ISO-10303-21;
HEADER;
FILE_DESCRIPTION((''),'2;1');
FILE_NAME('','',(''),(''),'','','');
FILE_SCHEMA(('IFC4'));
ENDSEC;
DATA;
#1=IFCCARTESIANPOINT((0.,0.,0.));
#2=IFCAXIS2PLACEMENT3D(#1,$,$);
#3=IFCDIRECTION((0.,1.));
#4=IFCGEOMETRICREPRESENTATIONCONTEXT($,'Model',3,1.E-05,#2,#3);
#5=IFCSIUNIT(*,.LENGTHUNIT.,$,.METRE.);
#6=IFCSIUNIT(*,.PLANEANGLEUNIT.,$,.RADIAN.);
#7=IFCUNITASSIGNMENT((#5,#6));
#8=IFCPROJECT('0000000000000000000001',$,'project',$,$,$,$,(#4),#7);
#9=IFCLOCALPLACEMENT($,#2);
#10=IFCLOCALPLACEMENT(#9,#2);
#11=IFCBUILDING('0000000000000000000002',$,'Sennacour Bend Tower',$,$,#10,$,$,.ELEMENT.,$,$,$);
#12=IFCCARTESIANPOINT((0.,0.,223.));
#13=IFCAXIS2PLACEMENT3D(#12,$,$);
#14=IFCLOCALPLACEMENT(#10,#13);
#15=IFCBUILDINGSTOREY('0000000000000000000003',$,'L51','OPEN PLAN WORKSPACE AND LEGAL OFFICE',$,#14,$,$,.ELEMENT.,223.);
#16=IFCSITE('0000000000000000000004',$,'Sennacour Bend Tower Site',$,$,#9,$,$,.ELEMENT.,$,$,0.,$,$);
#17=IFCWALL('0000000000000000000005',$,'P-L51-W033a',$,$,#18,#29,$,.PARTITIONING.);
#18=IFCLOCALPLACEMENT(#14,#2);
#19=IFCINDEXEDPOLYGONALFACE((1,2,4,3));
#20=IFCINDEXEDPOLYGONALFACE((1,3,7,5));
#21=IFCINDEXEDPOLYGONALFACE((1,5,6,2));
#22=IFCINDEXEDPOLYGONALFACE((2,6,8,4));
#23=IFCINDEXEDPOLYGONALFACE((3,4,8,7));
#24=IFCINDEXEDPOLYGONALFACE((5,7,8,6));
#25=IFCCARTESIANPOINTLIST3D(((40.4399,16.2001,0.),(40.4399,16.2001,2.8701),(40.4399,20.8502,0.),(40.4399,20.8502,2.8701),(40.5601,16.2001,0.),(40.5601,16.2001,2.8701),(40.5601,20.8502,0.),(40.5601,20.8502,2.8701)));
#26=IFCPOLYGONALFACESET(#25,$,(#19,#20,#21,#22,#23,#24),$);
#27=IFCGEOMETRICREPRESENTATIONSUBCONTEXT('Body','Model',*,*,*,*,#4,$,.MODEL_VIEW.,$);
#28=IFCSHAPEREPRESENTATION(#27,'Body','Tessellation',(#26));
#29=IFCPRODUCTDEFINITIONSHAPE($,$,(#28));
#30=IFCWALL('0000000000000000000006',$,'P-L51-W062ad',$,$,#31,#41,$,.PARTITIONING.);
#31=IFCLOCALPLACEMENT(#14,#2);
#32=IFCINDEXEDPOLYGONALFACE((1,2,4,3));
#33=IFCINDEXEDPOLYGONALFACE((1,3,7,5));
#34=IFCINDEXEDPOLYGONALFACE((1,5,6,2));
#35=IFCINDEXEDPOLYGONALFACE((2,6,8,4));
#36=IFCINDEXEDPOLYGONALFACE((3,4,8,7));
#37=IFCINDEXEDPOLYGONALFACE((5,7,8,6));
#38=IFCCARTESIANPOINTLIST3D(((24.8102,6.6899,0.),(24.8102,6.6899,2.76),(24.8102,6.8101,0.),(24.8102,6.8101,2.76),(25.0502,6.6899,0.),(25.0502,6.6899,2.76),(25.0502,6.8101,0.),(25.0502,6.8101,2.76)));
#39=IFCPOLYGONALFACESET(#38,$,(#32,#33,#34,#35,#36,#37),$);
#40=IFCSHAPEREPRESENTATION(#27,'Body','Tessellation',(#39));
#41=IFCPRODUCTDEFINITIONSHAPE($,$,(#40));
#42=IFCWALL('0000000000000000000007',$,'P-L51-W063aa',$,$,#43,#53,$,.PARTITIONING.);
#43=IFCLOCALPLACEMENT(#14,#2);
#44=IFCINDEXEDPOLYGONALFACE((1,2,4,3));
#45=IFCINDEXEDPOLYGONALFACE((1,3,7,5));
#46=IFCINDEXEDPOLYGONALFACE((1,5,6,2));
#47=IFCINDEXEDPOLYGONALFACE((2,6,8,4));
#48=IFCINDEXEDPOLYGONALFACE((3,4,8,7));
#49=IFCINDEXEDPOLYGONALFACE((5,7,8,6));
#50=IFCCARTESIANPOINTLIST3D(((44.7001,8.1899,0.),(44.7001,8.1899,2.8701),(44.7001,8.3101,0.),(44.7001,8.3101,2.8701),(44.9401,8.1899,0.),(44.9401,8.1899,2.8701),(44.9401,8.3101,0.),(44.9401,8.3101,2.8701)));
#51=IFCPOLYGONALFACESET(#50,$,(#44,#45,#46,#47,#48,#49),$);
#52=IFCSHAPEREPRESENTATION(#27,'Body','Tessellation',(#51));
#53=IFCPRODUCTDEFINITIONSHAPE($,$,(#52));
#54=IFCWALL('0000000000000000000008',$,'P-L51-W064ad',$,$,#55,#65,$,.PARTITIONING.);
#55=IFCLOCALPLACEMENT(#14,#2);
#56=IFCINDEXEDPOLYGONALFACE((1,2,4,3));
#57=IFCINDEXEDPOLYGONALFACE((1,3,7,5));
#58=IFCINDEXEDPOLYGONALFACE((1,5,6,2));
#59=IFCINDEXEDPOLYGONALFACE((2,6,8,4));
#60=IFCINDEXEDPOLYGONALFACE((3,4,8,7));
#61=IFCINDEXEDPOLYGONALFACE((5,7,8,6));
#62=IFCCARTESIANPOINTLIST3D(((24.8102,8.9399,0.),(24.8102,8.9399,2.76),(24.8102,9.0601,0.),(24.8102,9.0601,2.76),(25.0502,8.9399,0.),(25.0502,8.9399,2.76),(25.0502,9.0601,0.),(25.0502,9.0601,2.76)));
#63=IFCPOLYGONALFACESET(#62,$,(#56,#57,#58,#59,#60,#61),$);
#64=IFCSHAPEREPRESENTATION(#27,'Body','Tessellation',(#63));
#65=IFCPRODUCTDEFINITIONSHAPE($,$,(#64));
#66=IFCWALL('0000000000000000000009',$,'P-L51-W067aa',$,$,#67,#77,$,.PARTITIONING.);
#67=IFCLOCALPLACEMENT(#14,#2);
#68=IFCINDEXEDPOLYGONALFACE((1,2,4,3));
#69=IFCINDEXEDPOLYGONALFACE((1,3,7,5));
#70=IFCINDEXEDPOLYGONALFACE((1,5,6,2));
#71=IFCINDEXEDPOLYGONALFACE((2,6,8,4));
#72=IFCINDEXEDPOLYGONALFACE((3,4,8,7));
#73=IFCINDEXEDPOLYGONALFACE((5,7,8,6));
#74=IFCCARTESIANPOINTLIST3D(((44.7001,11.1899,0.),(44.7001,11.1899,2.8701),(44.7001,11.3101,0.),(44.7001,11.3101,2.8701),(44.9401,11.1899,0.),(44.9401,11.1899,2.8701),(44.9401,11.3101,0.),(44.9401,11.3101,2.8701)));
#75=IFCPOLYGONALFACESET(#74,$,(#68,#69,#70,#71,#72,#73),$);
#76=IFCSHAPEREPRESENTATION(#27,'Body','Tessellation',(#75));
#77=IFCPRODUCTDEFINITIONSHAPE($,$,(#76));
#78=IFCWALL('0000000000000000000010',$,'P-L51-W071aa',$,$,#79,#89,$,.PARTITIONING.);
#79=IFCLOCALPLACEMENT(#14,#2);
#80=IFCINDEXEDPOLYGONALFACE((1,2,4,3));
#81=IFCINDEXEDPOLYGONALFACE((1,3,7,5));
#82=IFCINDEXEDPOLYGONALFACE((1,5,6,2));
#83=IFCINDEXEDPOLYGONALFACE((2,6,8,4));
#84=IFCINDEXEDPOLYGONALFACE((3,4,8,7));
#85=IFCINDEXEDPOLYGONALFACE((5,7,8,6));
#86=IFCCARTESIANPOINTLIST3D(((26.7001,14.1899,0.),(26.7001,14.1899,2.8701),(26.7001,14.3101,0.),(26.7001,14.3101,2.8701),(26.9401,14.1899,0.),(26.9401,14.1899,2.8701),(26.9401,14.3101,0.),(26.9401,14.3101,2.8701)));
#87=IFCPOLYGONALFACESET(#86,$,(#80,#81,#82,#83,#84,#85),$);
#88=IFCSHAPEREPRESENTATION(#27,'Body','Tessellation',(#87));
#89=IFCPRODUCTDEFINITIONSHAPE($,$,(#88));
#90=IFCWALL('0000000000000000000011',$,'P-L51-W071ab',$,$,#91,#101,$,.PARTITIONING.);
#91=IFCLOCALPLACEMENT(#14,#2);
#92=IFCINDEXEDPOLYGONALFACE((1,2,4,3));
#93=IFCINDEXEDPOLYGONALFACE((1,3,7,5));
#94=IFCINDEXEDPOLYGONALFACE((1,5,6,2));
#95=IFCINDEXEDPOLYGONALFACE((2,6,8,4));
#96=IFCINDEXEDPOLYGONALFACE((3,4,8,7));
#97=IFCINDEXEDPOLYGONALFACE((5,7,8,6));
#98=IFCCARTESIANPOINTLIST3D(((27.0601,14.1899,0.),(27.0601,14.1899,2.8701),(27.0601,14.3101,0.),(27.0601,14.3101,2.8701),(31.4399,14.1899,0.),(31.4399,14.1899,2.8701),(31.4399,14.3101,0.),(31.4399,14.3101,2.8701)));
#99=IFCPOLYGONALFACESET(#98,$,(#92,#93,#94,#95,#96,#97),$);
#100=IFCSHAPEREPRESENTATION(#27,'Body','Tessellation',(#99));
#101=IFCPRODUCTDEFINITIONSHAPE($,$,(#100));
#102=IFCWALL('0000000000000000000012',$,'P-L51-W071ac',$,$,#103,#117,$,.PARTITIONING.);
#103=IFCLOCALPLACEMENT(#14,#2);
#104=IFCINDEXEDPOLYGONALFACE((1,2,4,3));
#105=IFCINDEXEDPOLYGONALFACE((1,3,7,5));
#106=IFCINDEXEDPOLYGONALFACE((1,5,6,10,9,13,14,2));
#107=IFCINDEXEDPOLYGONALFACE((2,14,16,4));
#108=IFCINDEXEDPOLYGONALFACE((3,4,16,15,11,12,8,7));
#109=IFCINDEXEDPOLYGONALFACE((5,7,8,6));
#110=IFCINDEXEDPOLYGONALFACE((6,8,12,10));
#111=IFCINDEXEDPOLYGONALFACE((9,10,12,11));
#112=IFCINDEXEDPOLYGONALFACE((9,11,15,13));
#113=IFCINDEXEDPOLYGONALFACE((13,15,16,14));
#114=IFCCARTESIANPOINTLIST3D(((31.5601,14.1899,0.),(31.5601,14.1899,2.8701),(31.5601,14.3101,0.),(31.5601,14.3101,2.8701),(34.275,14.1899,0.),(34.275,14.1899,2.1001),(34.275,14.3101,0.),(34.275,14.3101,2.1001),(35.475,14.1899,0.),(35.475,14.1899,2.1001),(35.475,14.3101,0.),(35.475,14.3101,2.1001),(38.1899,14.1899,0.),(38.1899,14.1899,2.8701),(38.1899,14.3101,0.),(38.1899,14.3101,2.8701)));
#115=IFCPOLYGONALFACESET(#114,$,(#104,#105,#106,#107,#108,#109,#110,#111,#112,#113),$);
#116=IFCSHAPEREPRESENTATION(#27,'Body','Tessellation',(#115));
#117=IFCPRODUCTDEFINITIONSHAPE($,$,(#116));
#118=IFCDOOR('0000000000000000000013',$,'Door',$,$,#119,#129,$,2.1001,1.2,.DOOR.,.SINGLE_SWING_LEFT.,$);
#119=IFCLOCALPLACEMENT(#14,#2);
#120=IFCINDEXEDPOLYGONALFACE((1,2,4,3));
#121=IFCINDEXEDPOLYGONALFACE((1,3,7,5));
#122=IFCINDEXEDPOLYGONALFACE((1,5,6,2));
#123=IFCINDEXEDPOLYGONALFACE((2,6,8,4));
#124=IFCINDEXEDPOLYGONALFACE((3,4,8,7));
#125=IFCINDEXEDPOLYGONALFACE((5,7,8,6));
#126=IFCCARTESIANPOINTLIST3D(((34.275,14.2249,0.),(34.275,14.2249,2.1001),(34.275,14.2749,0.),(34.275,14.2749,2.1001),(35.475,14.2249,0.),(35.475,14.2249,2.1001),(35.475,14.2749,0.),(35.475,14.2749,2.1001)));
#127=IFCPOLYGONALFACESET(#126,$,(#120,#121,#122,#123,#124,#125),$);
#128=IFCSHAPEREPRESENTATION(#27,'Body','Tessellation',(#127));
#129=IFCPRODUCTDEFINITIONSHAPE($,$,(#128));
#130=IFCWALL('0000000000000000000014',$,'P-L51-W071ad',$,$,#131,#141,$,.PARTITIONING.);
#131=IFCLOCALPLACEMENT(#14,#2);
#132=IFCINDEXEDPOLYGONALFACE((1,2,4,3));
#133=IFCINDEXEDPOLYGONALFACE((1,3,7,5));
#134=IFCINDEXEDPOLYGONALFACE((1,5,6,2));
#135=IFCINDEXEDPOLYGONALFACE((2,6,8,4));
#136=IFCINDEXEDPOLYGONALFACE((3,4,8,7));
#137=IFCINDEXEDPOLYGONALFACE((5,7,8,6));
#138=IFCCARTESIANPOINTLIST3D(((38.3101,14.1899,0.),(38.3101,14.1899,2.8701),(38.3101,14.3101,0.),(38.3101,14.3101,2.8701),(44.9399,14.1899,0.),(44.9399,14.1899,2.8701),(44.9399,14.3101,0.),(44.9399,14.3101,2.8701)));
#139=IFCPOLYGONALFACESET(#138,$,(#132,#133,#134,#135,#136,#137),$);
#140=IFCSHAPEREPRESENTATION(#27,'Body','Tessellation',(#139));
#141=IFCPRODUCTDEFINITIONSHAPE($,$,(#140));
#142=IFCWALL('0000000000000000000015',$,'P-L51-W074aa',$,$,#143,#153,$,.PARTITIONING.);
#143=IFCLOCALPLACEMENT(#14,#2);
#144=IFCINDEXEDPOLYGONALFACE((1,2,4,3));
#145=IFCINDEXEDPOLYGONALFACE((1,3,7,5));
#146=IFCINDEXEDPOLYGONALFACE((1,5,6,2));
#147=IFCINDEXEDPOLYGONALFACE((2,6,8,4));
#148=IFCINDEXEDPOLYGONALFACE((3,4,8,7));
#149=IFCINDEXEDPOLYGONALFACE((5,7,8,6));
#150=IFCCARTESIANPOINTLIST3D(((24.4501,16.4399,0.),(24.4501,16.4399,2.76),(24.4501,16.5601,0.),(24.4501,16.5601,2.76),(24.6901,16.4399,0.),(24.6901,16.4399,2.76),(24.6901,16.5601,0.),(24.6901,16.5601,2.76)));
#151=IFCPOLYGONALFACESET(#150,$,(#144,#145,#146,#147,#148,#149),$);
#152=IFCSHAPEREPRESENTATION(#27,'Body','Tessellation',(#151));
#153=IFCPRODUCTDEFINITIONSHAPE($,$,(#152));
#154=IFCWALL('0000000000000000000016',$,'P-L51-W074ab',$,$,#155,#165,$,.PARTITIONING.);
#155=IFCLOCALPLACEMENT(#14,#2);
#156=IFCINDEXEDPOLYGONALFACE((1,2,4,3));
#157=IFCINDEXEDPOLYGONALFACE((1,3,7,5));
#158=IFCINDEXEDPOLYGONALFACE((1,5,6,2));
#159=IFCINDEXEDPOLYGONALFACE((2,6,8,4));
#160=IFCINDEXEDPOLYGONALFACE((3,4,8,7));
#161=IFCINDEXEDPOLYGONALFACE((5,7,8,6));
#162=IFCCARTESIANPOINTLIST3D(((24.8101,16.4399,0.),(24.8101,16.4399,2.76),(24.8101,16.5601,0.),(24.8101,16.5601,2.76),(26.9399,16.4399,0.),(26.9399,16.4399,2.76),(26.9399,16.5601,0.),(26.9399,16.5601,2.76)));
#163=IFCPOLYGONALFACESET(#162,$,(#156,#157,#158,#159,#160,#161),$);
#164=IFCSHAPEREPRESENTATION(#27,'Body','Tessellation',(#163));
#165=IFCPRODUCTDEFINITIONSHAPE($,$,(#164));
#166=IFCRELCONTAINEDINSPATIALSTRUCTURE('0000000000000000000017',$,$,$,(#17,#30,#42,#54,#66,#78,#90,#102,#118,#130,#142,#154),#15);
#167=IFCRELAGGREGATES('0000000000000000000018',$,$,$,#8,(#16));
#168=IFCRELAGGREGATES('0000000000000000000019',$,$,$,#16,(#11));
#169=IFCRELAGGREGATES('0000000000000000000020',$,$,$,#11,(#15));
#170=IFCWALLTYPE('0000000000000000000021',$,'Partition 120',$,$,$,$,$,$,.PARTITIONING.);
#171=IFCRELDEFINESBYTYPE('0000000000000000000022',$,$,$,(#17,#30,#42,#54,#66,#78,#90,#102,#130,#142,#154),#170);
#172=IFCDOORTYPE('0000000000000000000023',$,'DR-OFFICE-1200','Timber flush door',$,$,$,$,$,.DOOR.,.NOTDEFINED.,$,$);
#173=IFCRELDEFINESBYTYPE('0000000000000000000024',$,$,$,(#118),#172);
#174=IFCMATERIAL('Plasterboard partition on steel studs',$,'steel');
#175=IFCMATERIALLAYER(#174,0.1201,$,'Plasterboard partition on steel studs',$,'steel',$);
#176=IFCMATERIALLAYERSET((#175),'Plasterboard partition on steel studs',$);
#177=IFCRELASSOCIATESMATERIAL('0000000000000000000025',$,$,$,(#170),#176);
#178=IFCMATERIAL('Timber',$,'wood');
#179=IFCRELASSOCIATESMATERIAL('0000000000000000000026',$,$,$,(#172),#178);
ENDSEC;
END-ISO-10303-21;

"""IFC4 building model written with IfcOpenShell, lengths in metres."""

from ifc_helpers import new_model, si_unit, direction, frame, frame_2d, origin, place, context, subcontext, project, spatial, rectangle, extrude, material, layer, layer_set, type_object, element, fill, save


model = new_model("IFC4")

# Units and contexts
model_context = context("Model", 3, precision=1e-05, world=origin(), true_north=direction((0.0, 1.0)))
body_context = subcontext(model_context, "Body", "Model", "MODEL_VIEW")
ifc_project = project(units=[si_unit("LENGTHUNIT", "METRE"), si_unit("PLANEANGLEUNIT", "RADIAN")], contexts=[model_context])

# Site, building, storey
site_placement = place(None, origin())
site = spatial("IfcSite", under=ifc_project, at=site_placement, Name="Sennacour Bend Tower Site", CompositionType="ELEMENT", RefElevation=0.0)
building_placement = place(site_placement, origin())
building = spatial("IfcBuilding", under=site, at=building_placement, Name="Sennacour Bend Tower", CompositionType="ELEMENT")
storey_placement = place(building_placement, frame((0.0, 0.0, 223.0)))
storey = spatial("IfcBuildingStorey", under=building, at=storey_placement, Name="L51", Description="OPEN PLAN WORKSPACE AND LEGAL OFFICE", CompositionType="ELEMENT", Elevation=223.0)

# Walls
ifc_material_1 = material(Name="Plasterboard partition on steel studs", Category="steel")
ifc_layer_1 = layer(ifc_material_1, 0.1201, Name="Plasterboard partition on steel studs", Category="steel")
ifc_layer_set_1 = layer_set([ifc_layer_1], Name="Plasterboard partition on steel studs")
wall_type_1 = type_object("IfcWallType", Name="Partition 120", PredefinedType="PARTITIONING", material=ifc_layer_set_1)
wall_1_placement = place(storey_placement, frame((40.5, 16.2, 0.0), z_axis=(0.0, 0.0, 1.0), x_axis=(0.0, 1.0, 0.0)))
element("IfcWall", 1, at=wall_1_placement, inside=storey, type_object=wall_type_1, Name="P-L51-W033a", PredefinedType="PARTITIONING", context=body_context, shape_type="SweptSolid", body=[
    extrude(rectangle(XDim=4.6501, YDim=0.1201, at=frame_2d((2.3252, 0.0))), origin(), (0.0, 0.0, 1.0), 2.8701),
])
wall_2_placement = place(storey_placement, frame((24.8101, 6.75, 0.0), z_axis=(0.0, 0.0, 1.0), x_axis=(1.0, 0.0, 0.0)))
element("IfcWall", 2, at=wall_2_placement, inside=storey, type_object=wall_type_1, Name="P-L51-W062ad", PredefinedType="PARTITIONING", context=body_context, shape_type="SweptSolid", body=[
    extrude(rectangle(XDim=0.24, YDim=0.1201, at=frame_2d((0.1201, 0.0))), origin(), (0.0, 0.0, 1.0), 2.76),
])
wall_3_placement = place(storey_placement, frame((44.7, 8.25, 0.0), z_axis=(0.0, 0.0, 1.0), x_axis=(1.0, 0.0, 0.0)))
element("IfcWall", 3, at=wall_3_placement, inside=storey, type_object=wall_type_1, Name="P-L51-W063aa", PredefinedType="PARTITIONING", context=body_context, shape_type="SweptSolid", body=[
    extrude(rectangle(XDim=0.24, YDim=0.1201, at=frame_2d((0.1201, 0.0))), origin(), (0.0, 0.0, 1.0), 2.8701),
])
wall_4_placement = place(storey_placement, frame((24.8101, 9.0, 0.0), z_axis=(0.0, 0.0, 1.0), x_axis=(1.0, 0.0, 0.0)))
element("IfcWall", 4, at=wall_4_placement, inside=storey, type_object=wall_type_1, Name="P-L51-W064ad", PredefinedType="PARTITIONING", context=body_context, shape_type="SweptSolid", body=[
    extrude(rectangle(XDim=0.24, YDim=0.1201, at=frame_2d((0.1201, 0.0))), origin(), (0.0, 0.0, 1.0), 2.76),
])
for number, where, z_axis, x_axis, name in (
    (5, (44.7, 11.25, 0.0), (0.0, 0.0, 1.0), (1.0, 0.0, 0.0), "P-L51-W067aa"),
    (6, (26.7, 14.25, 0.0), (0.0, 0.0, 1.0), (1.0, 0.0, 0.0), "P-L51-W071aa"),
):
    element("IfcWall", number, at=place(storey_placement, frame(where, z_axis=z_axis, x_axis=x_axis)), inside=storey, type_object=wall_type_1, Name=name, PredefinedType="PARTITIONING", context=body_context, shape_type="SweptSolid", body=[
        extrude(rectangle(XDim=0.24, YDim=0.1201, at=frame_2d((0.1201, 0.0))), origin(), (0.0, 0.0, 1.0), 2.8701),
    ])
wall_5_placement = place(storey_placement, frame((27.0601, 14.25, 0.0), z_axis=(0.0, 0.0, 1.0), x_axis=(1.0, 0.0, 0.0)))
element("IfcWall", 7, at=wall_5_placement, inside=storey, type_object=wall_type_1, Name="P-L51-W071ab", PredefinedType="PARTITIONING", context=body_context, shape_type="SweptSolid", body=[
    extrude(rectangle(XDim=4.3799, YDim=0.1201, at=frame_2d((2.1899, 0.0))), origin(), (0.0, 0.0, 1.0), 2.8701),
])

# Wall, opening, door
wall_6_placement = place(storey_placement, frame((31.5601, 14.25, 0.0), z_axis=(0.0, 0.0, 1.0), x_axis=(1.0, 0.0, 0.0)))
wall_6 = element("IfcWall", 8, at=wall_6_placement, inside=storey, type_object=wall_type_1, Name="P-L51-W071ac", PredefinedType="PARTITIONING", context=body_context, shape_type="SweptSolid", body=[
    extrude(rectangle(XDim=6.6299, YDim=0.1201, at=frame_2d((3.3149, 0.0))), origin(), (0.0, 0.0, 1.0), 2.8701),
])
opening_1_placement = place(wall_6_placement, frame((2.7148, 0.0, 0.0)))
opening_1 = element("IfcOpeningElement", 9, at=opening_1_placement, cuts=wall_6, PredefinedType="OPENING", context=body_context, shape_type="SweptSolid", body=[
    extrude(rectangle(XDim=1.2, YDim=2.1001, at=frame_2d((0.6001, 1.05))), frame((0.0, 0.0701, 0.0), z_axis=(0.0, -1.0, 0.0), x_axis=(1.0, 0.0, 0.0)), (0.0, 0.0, 1.0), 0.1401),
])
ifc_material_2 = material(Name="Timber", Category="wood")
door_type_1 = type_object("IfcDoorType", Name="DR-OFFICE-1200", Description="Timber flush door", OperationType="NOTDEFINED", PredefinedType="DOOR", material=ifc_material_2)
door_1_placement = place(opening_1_placement, origin())
door_1 = element("IfcDoor", 10, at=door_1_placement, inside=storey, type_object=door_type_1, Name="Door", OperationType="SINGLE_SWING_LEFT", OverallHeight=2.1001, OverallWidth=1.2, PredefinedType="DOOR", context=body_context, shape_type="SweptSolid", body=[
    extrude(rectangle(XDim=1.2, YDim=2.1001, at=frame_2d((0.6001, 1.05))), frame((0.0, 0.0249, 0.0), z_axis=(0.0, -1.0, 0.0), x_axis=(1.0, 0.0, 0.0)), (0.0, 0.0, 1.0), 0.05),
])
fill(opening_1, door_1)

# Walls
wall_7_placement = place(storey_placement, frame((38.3101, 14.25, 0.0), z_axis=(0.0, 0.0, 1.0), x_axis=(1.0, 0.0, 0.0)))
element("IfcWall", 11, at=wall_7_placement, inside=storey, type_object=wall_type_1, Name="P-L51-W071ad", PredefinedType="PARTITIONING", context=body_context, shape_type="SweptSolid", body=[
    extrude(rectangle(XDim=6.6299, YDim=0.1201, at=frame_2d((3.3149, 0.0))), origin(), (0.0, 0.0, 1.0), 2.8701),
])
wall_8_placement = place(storey_placement, frame((24.45, 16.5, 0.0), z_axis=(0.0, 0.0, 1.0), x_axis=(1.0, 0.0, 0.0)))
element("IfcWall", 12, at=wall_8_placement, inside=storey, type_object=wall_type_1, Name="P-L51-W074aa", PredefinedType="PARTITIONING", context=body_context, shape_type="SweptSolid", body=[
    extrude(rectangle(XDim=0.24, YDim=0.1201, at=frame_2d((0.1201, 0.0))), origin(), (0.0, 0.0, 1.0), 2.76),
])
wall_9_placement = place(storey_placement, frame((24.8101, 16.5, 0.0), z_axis=(0.0, 0.0, 1.0), x_axis=(1.0, 0.0, 0.0)))
element("IfcWall", 13, at=wall_9_placement, inside=storey, type_object=wall_type_1, Name="P-L51-W074ab", PredefinedType="PARTITIONING", context=body_context, shape_type="SweptSolid", body=[
    extrude(rectangle(XDim=2.1299, YDim=0.1201, at=frame_2d((1.0649, 0.0))), origin(), (0.0, 0.0, 1.0), 2.76),
])

save(model, "model.ifc")
